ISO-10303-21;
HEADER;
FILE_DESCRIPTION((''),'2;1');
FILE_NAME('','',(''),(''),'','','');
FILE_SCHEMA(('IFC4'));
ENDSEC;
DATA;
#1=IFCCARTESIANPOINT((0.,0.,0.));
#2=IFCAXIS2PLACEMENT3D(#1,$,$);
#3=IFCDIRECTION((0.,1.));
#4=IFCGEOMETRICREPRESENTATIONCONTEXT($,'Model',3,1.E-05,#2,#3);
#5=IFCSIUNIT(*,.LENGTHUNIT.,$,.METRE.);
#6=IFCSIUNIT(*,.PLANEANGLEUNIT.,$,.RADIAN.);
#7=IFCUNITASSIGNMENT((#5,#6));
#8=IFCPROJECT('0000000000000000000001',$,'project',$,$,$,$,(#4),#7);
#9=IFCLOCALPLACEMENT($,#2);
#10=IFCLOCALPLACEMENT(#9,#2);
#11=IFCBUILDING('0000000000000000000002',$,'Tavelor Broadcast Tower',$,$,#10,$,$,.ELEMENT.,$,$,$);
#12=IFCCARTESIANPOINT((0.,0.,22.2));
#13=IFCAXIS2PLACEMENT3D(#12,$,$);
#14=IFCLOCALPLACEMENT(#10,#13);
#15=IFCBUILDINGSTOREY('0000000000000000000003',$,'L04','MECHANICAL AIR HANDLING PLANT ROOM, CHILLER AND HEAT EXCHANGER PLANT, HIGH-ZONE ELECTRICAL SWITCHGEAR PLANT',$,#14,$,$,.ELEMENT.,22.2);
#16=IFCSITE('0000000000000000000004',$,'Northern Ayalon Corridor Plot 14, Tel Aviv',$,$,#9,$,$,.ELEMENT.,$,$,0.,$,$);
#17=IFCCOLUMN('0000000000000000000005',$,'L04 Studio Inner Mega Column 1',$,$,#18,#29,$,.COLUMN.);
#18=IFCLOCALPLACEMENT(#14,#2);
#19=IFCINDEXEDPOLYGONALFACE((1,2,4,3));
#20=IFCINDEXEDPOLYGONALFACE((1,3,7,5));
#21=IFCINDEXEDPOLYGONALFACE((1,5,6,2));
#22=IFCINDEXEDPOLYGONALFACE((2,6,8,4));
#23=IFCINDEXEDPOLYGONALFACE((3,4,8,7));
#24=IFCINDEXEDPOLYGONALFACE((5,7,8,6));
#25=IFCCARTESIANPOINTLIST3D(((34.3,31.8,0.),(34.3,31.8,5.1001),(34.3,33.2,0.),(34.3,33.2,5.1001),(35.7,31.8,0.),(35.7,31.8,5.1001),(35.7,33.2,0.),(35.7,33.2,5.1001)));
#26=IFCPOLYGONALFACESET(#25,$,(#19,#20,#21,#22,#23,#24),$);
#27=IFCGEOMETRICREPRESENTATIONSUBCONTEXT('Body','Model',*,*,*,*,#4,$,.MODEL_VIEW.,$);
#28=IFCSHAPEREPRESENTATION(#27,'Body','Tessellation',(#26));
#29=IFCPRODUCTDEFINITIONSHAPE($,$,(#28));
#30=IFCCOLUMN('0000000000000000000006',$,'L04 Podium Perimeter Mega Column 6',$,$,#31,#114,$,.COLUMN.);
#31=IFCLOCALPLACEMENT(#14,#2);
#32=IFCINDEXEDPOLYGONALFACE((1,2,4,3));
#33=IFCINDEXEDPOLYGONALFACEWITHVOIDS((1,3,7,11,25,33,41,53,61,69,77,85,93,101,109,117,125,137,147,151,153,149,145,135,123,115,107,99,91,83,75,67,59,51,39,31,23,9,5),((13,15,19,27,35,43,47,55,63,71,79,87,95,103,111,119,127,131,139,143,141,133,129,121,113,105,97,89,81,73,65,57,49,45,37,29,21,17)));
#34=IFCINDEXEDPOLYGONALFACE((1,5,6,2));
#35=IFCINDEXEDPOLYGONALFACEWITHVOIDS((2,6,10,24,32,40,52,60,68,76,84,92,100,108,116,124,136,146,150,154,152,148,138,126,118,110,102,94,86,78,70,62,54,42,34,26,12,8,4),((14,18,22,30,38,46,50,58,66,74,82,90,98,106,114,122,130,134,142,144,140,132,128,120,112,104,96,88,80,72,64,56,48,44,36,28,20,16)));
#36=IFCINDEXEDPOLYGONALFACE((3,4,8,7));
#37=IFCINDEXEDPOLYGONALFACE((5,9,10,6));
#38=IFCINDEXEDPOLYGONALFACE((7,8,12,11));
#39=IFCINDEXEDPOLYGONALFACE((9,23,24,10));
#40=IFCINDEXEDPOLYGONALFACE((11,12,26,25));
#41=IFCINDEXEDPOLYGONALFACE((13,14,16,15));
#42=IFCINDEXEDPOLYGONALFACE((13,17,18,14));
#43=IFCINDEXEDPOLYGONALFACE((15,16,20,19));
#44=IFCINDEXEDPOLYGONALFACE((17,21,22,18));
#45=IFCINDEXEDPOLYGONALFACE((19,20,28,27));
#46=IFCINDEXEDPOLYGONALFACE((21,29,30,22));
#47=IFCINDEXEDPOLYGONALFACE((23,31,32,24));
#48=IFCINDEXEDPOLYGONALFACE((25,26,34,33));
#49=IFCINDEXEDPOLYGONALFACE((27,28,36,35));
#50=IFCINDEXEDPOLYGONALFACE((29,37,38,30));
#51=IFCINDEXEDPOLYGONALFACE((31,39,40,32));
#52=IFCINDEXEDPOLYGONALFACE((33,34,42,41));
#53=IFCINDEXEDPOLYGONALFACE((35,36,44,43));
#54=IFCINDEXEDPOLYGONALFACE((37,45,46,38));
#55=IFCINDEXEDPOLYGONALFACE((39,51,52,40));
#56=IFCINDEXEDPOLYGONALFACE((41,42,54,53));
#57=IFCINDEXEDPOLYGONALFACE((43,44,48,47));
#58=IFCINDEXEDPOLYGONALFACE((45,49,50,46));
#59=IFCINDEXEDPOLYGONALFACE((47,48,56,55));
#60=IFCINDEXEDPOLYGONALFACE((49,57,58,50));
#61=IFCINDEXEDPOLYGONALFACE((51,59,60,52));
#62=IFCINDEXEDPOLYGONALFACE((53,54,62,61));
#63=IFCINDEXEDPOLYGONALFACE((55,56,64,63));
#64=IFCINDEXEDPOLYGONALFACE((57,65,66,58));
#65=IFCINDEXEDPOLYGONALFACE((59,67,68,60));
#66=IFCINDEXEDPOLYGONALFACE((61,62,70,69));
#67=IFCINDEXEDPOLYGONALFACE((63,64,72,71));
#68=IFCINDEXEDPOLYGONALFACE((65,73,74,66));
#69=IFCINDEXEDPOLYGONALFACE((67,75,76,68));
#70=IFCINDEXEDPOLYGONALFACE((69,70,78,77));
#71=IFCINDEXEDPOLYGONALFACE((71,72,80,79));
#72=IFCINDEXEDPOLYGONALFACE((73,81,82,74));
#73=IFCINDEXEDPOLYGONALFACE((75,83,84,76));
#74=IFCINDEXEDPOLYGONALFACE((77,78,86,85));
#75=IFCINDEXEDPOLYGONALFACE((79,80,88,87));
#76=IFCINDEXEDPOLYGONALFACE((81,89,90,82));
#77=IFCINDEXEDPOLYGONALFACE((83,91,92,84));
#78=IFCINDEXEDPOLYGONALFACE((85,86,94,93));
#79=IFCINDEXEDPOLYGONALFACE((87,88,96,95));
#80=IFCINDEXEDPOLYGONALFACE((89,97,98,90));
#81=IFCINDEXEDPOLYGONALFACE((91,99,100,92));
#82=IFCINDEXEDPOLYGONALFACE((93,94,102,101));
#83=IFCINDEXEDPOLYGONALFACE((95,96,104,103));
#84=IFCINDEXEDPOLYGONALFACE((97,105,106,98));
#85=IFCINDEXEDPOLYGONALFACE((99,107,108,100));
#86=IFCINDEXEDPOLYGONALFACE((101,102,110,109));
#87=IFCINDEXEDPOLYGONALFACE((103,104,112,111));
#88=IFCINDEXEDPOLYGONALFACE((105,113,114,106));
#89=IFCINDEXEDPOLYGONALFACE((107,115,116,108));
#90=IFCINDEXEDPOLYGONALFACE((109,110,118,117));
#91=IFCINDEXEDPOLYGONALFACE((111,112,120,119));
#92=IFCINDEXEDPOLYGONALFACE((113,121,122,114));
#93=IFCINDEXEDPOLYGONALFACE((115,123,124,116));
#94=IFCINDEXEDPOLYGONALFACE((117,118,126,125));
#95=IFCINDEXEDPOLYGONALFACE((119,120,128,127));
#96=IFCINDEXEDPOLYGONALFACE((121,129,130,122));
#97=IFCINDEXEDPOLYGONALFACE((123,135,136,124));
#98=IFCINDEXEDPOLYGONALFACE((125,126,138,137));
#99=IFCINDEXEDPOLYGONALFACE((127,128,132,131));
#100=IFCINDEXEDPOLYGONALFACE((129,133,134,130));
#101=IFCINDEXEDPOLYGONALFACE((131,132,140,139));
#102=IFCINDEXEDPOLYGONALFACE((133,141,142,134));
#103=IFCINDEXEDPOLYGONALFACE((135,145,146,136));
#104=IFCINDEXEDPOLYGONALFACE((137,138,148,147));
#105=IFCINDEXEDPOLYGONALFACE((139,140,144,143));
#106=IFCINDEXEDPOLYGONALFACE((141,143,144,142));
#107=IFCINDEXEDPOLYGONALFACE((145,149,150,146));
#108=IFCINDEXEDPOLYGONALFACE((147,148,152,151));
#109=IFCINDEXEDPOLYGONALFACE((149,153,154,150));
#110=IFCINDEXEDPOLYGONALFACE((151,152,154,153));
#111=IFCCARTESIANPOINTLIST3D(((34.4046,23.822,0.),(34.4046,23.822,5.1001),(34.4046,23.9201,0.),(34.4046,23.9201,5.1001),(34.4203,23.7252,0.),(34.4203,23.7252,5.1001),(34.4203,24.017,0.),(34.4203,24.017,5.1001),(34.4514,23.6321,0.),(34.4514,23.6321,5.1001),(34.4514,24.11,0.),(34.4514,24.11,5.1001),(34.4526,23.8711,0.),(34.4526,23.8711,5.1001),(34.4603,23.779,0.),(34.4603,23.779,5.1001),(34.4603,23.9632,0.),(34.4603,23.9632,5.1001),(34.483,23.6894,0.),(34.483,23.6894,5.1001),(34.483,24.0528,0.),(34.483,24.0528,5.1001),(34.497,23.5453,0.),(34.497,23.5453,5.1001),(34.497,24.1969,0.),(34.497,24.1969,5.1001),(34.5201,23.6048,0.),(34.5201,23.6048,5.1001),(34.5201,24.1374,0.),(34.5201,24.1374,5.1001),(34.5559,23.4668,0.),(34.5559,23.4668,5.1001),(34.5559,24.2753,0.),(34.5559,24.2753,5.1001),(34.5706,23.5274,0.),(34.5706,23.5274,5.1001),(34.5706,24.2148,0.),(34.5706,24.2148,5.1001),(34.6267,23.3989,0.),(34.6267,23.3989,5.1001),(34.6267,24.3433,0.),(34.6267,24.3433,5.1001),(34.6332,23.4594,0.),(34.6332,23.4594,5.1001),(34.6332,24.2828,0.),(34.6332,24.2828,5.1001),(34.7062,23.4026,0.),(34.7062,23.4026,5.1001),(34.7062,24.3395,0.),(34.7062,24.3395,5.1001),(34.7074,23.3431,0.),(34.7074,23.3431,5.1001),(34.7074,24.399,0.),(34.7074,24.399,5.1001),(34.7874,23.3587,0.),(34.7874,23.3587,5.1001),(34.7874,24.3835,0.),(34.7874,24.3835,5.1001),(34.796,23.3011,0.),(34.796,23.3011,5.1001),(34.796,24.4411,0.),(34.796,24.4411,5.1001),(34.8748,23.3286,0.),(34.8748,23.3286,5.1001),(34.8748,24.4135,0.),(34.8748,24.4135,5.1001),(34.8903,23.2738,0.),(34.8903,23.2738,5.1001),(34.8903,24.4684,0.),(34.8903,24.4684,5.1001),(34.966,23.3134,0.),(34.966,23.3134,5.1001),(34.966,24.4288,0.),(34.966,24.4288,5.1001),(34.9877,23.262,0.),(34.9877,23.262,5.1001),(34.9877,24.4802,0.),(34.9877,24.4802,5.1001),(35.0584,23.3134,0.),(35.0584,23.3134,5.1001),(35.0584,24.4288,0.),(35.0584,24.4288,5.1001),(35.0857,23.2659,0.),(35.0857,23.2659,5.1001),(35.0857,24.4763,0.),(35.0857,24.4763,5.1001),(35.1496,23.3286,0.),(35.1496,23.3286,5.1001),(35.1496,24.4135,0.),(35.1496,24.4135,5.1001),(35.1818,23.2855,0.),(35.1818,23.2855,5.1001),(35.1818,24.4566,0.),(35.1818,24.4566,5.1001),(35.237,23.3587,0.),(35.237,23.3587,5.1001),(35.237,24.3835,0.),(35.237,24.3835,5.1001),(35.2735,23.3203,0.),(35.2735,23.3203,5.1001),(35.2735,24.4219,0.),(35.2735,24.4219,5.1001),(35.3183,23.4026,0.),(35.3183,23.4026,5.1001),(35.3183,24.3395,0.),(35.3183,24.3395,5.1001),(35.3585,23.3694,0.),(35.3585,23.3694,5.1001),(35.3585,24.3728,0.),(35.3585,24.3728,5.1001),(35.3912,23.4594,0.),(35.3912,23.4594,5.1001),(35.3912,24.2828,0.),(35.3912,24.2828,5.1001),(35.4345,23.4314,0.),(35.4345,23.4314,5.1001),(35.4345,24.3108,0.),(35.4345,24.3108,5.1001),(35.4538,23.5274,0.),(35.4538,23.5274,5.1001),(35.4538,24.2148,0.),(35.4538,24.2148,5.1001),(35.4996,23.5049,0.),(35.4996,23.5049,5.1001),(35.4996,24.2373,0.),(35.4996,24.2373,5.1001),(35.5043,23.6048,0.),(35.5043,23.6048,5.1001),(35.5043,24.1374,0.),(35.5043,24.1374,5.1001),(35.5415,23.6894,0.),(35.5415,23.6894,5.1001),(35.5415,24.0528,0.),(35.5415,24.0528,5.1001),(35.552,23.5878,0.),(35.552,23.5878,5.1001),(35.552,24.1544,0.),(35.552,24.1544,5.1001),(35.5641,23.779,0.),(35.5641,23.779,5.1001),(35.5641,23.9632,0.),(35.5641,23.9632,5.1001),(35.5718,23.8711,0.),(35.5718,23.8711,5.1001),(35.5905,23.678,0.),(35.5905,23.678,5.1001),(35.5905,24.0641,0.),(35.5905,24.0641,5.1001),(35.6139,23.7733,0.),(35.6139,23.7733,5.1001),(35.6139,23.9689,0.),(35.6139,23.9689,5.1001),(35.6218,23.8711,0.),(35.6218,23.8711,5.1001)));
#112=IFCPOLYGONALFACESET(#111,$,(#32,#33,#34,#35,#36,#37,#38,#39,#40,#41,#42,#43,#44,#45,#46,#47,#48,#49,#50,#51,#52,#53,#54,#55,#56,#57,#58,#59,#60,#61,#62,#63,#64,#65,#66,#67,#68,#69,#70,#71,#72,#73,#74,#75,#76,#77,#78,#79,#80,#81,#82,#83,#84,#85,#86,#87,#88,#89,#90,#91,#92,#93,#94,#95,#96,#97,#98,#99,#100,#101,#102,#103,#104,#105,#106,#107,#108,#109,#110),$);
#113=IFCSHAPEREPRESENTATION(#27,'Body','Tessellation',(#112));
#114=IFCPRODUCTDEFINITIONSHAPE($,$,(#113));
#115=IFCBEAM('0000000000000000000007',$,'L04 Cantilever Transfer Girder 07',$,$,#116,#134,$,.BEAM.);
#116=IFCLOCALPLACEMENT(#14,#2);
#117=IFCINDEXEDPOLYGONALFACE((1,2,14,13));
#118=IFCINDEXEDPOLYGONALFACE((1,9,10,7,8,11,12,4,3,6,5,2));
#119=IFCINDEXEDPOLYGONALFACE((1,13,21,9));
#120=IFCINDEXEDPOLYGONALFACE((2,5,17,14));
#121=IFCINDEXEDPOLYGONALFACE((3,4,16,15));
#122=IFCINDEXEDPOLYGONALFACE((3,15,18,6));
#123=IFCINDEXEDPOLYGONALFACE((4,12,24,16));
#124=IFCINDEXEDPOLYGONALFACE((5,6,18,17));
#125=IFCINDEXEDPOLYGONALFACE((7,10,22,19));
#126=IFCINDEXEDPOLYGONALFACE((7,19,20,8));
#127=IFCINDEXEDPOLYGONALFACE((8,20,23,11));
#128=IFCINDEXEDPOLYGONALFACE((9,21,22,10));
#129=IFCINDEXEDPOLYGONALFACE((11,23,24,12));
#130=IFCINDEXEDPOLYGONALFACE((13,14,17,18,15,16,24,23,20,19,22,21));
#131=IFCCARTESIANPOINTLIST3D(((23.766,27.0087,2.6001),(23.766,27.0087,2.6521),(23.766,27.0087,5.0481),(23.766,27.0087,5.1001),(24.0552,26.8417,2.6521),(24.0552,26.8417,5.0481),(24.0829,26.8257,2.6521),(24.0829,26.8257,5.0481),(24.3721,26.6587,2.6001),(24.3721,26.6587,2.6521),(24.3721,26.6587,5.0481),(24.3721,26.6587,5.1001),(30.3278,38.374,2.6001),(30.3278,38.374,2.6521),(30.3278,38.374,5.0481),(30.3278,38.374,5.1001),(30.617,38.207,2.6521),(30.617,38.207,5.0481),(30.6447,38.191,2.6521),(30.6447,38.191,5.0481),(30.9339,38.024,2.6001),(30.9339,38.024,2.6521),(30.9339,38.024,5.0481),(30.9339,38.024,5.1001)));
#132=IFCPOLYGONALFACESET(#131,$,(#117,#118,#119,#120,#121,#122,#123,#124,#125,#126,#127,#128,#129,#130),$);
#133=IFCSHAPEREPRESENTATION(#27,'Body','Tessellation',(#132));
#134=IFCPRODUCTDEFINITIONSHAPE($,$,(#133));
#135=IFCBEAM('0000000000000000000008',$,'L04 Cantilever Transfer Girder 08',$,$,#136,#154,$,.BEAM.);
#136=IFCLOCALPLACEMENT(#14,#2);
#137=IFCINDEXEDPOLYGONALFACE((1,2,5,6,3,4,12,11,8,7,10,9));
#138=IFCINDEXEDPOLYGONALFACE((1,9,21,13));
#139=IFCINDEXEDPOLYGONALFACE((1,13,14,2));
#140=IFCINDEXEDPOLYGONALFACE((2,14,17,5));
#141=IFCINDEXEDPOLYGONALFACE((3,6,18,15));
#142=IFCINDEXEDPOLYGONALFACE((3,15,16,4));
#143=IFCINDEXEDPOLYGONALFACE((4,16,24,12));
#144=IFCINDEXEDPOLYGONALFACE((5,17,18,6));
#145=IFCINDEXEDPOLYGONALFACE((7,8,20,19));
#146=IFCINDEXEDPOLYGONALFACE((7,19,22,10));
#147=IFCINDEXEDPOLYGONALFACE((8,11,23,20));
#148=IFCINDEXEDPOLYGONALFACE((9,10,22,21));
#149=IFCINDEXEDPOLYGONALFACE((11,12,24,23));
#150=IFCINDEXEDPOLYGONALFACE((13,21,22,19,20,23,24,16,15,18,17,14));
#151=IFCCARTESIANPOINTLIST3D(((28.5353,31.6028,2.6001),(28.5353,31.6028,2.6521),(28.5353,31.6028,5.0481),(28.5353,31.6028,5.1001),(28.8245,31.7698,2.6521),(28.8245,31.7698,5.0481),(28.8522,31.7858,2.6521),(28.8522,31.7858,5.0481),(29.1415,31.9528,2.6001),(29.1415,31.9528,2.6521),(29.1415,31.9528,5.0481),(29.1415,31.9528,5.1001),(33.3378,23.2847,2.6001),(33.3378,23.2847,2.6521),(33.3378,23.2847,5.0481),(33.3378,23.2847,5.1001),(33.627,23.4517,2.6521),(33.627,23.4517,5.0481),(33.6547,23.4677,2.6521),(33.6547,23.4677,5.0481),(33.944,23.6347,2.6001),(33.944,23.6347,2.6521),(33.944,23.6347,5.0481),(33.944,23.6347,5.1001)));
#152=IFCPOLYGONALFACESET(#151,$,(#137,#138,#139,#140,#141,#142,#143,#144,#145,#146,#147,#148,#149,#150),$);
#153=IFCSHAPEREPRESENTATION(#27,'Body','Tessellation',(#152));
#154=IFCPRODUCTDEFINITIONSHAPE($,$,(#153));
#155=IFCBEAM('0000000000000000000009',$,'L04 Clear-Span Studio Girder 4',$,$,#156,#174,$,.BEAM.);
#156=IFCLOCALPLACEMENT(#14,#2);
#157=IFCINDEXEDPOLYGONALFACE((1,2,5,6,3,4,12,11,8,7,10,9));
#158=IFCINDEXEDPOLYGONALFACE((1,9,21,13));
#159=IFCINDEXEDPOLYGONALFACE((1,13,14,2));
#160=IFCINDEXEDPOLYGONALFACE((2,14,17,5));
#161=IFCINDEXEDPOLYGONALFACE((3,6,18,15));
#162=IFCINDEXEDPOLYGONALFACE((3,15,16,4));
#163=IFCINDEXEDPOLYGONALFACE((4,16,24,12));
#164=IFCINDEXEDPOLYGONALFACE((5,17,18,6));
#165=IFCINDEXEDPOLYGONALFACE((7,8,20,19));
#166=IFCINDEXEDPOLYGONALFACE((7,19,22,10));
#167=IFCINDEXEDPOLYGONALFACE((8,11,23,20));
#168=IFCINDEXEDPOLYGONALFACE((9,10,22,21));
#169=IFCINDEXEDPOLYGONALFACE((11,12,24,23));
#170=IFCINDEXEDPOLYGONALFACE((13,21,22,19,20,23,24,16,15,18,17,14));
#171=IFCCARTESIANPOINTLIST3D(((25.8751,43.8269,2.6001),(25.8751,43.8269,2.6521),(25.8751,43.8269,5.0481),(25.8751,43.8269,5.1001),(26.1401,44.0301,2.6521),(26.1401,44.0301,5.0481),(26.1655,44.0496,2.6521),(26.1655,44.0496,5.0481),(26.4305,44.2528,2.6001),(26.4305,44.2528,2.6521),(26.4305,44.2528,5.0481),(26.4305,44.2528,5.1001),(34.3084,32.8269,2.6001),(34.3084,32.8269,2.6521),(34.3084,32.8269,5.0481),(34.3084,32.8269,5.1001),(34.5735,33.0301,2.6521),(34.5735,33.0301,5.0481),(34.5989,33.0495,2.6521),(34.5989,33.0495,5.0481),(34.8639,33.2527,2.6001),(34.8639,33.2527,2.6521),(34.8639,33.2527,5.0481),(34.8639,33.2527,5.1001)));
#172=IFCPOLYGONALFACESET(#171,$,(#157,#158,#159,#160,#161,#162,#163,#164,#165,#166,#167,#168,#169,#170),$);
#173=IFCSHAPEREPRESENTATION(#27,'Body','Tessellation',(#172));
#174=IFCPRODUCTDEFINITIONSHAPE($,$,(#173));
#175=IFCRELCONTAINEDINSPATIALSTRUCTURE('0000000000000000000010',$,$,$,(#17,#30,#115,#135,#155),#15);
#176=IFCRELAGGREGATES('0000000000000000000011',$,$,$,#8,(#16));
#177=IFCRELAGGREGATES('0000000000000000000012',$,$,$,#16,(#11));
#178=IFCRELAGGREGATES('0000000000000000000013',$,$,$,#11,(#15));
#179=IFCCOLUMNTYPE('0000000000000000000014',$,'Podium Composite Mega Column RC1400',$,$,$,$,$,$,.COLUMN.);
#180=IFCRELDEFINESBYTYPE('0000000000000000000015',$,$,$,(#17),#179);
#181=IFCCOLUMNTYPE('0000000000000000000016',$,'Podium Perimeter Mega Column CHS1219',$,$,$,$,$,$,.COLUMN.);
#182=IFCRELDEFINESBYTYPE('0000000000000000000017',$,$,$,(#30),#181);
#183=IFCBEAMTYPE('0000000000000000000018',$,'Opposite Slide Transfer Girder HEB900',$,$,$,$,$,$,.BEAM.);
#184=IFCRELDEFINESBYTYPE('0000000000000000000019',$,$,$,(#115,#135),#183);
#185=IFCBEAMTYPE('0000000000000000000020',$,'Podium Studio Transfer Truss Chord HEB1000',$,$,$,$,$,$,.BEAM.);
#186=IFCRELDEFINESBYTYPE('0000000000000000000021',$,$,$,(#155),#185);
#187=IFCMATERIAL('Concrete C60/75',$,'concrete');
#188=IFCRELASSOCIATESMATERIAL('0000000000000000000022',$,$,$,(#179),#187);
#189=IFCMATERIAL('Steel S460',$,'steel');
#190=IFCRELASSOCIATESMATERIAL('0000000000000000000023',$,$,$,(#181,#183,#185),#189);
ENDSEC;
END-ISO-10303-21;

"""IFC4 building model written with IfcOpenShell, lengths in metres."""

from ifc_helpers import new_model, si_unit, direction, frame, origin, origin_2d, place, context, subcontext, project, spatial, rectangle, hollow_circle, i_section, extrude, material, material_profile, profile_set, type_object, element, save


model = new_model("IFC4")

# Units and contexts
model_context = context("Model", 3, precision=1e-05, world=origin(), true_north=direction((0.0, 1.0)))
body_context = subcontext(model_context, "Body", "Model", "MODEL_VIEW")
ifc_project = project(units=[si_unit("LENGTHUNIT", "METRE"), si_unit("PLANEANGLEUNIT", "RADIAN")], contexts=[model_context])

# Site, building, storey
site_placement = place(None, origin())
site = spatial("IfcSite", under=ifc_project, at=site_placement, Name="Northern Ayalon Corridor Plot 14, Tel Aviv", CompositionType="ELEMENT", RefElevation=0.0)
building_placement = place(site_placement, origin())
building = spatial("IfcBuilding", under=site, at=building_placement, Name="Tavelor Broadcast Tower", CompositionType="ELEMENT")
storey_placement = place(building_placement, frame((0.0, 0.0, 22.2)))
storey = spatial("IfcBuildingStorey", under=building, at=storey_placement, Name="L04", Description="MECHANICAL AIR HANDLING PLANT ROOM, CHILLER AND HEAT EXCHANGER PLANT, HIGH-ZONE ELECTRICAL SWITCHGEAR PLANT", CompositionType="ELEMENT", Elevation=22.2)

# Columns
ifc_material_1 = material(Name="Concrete C60/75", Category="concrete")
ifc_material_profile_1 = material_profile(ifc_material_1, rectangle(XDim=1.3999, YDim=1.3999, at=origin_2d()), Name="RC 1400x1400")
ifc_profile_set_1 = profile_set([ifc_material_profile_1], Name="Concrete C60/75")
column_type_1 = type_object("IfcColumnType", Name="Podium Composite Mega Column RC1400", PredefinedType="COLUMN", material=ifc_profile_set_1)
column_1_placement = place(storey_placement, frame((35.0, 32.5, 0.0), z_axis=(0.0, 0.0, 1.0), x_axis=(1.0, 0.0, 0.0)))
element("IfcColumn", 1, at=column_1_placement, inside=storey, type_object=column_type_1, Name="L04 Studio Inner Mega Column 1", PredefinedType="COLUMN", context=body_context, shape_type="SweptSolid", body=[
    extrude(rectangle(XDim=1.3999, YDim=1.3999, at=origin_2d()), origin(), (0.0, 0.0, 1.0), 5.1001),
])
ifc_material_2 = material(Name="Steel S460", Category="steel")
ifc_material_profile_2 = material_profile(ifc_material_2, hollow_circle(Radius=0.6096, WallThickness=0.05, at=origin_2d()), Name="CHS 1219x50")
ifc_profile_set_2 = profile_set([ifc_material_profile_2], Name="Steel S460")
column_type_2 = type_object("IfcColumnType", Name="Podium Perimeter Mega Column CHS1219", PredefinedType="COLUMN", material=ifc_profile_set_2)
column_2_placement = place(storey_placement, frame((35.0122, 23.8711, 0.0), z_axis=(0.0, 0.0, 1.0), x_axis=(1.0, 0.0, 0.0)))
element("IfcColumn", 2, at=column_2_placement, inside=storey, type_object=column_type_2, Name="L04 Podium Perimeter Mega Column 6", PredefinedType="COLUMN", context=body_context, shape_type="SweptSolid", body=[
    extrude(hollow_circle(Radius=0.6096, WallThickness=0.05, at=origin_2d()), origin(), (0.0, 0.0, 1.0), 5.1001),
])

# Beams
ifc_material_profile_3 = material_profile(ifc_material_2, i_section(OverallWidth=0.7, OverallDepth=2.5, WebThickness=0.032, FlangeThickness=0.052, at=origin_2d()), Name="PG 2500x700")
ifc_profile_set_3 = profile_set([ifc_material_profile_3], Name="Steel S460")
beam_type_1 = type_object("IfcBeamType", Name="Opposite Slide Transfer Girder HEB900", PredefinedType="BEAM", material=ifc_profile_set_3)
beam_1_placement = place(storey_placement, frame((30.6309, 38.199, 3.8501), z_axis=(-0.500003, -0.866024, 0.0), x_axis=(0.866024, -0.500003, 0.0)))
element("IfcBeam", 3, at=beam_1_placement, inside=storey, type_object=beam_type_1, Name="L04 Cantilever Transfer Girder 07", PredefinedType="BEAM", context=body_context, shape_type="SweptSolid", body=[
    extrude(i_section(OverallWidth=0.7, OverallDepth=2.5, WebThickness=0.032, FlangeThickness=0.052, at=origin_2d()), origin(), (0.0, 0.0, 1.0), 13.1235),
])
beam_2_placement = place(storey_placement, frame((28.8384, 31.7778, 3.8501), z_axis=(0.500002, -0.866024, 0.0), x_axis=(0.866024, 0.500002, 0.0)))
element("IfcBeam", 4, at=beam_2_placement, inside=storey, type_object=beam_type_1, Name="L04 Cantilever Transfer Girder 08", PredefinedType="BEAM", context=body_context, shape_type="SweptSolid", body=[
    extrude(i_section(OverallWidth=0.7, OverallDepth=2.5, WebThickness=0.032, FlangeThickness=0.052, at=origin_2d()), origin(), (0.0, 0.0, 1.0), 9.605),
])
ifc_material_profile_4 = material_profile(ifc_material_2, i_section(OverallWidth=0.7, OverallDepth=2.5, WebThickness=0.032, FlangeThickness=0.052, at=origin_2d()), Name="PG 2500x700")
ifc_profile_set_4 = profile_set([ifc_material_profile_4], Name="Steel S460")
beam_type_2 = type_object("IfcBeamType", Name="Podium Studio Transfer Truss Chord HEB1000", PredefinedType="BEAM", material=ifc_profile_set_4)
beam_3_placement = place(storey_placement, frame((34.5862, 33.0398, 3.8501), z_axis=(-0.608432, 0.793606, 0.0), x_axis=(-0.793606, -0.608432, 0.0)))
element("IfcBeam", 5, at=beam_3_placement, inside=storey, type_object=beam_type_2, Name="L04 Clear-Span Studio Girder 4", PredefinedType="BEAM", context=body_context, shape_type="SweptSolid", body=[
    extrude(i_section(OverallWidth=0.7, OverallDepth=2.5, WebThickness=0.032, FlangeThickness=0.052, at=origin_2d()), origin(), (0.0, 0.0, 1.0), 13.8608),
])

save(model, "model.ifc")
